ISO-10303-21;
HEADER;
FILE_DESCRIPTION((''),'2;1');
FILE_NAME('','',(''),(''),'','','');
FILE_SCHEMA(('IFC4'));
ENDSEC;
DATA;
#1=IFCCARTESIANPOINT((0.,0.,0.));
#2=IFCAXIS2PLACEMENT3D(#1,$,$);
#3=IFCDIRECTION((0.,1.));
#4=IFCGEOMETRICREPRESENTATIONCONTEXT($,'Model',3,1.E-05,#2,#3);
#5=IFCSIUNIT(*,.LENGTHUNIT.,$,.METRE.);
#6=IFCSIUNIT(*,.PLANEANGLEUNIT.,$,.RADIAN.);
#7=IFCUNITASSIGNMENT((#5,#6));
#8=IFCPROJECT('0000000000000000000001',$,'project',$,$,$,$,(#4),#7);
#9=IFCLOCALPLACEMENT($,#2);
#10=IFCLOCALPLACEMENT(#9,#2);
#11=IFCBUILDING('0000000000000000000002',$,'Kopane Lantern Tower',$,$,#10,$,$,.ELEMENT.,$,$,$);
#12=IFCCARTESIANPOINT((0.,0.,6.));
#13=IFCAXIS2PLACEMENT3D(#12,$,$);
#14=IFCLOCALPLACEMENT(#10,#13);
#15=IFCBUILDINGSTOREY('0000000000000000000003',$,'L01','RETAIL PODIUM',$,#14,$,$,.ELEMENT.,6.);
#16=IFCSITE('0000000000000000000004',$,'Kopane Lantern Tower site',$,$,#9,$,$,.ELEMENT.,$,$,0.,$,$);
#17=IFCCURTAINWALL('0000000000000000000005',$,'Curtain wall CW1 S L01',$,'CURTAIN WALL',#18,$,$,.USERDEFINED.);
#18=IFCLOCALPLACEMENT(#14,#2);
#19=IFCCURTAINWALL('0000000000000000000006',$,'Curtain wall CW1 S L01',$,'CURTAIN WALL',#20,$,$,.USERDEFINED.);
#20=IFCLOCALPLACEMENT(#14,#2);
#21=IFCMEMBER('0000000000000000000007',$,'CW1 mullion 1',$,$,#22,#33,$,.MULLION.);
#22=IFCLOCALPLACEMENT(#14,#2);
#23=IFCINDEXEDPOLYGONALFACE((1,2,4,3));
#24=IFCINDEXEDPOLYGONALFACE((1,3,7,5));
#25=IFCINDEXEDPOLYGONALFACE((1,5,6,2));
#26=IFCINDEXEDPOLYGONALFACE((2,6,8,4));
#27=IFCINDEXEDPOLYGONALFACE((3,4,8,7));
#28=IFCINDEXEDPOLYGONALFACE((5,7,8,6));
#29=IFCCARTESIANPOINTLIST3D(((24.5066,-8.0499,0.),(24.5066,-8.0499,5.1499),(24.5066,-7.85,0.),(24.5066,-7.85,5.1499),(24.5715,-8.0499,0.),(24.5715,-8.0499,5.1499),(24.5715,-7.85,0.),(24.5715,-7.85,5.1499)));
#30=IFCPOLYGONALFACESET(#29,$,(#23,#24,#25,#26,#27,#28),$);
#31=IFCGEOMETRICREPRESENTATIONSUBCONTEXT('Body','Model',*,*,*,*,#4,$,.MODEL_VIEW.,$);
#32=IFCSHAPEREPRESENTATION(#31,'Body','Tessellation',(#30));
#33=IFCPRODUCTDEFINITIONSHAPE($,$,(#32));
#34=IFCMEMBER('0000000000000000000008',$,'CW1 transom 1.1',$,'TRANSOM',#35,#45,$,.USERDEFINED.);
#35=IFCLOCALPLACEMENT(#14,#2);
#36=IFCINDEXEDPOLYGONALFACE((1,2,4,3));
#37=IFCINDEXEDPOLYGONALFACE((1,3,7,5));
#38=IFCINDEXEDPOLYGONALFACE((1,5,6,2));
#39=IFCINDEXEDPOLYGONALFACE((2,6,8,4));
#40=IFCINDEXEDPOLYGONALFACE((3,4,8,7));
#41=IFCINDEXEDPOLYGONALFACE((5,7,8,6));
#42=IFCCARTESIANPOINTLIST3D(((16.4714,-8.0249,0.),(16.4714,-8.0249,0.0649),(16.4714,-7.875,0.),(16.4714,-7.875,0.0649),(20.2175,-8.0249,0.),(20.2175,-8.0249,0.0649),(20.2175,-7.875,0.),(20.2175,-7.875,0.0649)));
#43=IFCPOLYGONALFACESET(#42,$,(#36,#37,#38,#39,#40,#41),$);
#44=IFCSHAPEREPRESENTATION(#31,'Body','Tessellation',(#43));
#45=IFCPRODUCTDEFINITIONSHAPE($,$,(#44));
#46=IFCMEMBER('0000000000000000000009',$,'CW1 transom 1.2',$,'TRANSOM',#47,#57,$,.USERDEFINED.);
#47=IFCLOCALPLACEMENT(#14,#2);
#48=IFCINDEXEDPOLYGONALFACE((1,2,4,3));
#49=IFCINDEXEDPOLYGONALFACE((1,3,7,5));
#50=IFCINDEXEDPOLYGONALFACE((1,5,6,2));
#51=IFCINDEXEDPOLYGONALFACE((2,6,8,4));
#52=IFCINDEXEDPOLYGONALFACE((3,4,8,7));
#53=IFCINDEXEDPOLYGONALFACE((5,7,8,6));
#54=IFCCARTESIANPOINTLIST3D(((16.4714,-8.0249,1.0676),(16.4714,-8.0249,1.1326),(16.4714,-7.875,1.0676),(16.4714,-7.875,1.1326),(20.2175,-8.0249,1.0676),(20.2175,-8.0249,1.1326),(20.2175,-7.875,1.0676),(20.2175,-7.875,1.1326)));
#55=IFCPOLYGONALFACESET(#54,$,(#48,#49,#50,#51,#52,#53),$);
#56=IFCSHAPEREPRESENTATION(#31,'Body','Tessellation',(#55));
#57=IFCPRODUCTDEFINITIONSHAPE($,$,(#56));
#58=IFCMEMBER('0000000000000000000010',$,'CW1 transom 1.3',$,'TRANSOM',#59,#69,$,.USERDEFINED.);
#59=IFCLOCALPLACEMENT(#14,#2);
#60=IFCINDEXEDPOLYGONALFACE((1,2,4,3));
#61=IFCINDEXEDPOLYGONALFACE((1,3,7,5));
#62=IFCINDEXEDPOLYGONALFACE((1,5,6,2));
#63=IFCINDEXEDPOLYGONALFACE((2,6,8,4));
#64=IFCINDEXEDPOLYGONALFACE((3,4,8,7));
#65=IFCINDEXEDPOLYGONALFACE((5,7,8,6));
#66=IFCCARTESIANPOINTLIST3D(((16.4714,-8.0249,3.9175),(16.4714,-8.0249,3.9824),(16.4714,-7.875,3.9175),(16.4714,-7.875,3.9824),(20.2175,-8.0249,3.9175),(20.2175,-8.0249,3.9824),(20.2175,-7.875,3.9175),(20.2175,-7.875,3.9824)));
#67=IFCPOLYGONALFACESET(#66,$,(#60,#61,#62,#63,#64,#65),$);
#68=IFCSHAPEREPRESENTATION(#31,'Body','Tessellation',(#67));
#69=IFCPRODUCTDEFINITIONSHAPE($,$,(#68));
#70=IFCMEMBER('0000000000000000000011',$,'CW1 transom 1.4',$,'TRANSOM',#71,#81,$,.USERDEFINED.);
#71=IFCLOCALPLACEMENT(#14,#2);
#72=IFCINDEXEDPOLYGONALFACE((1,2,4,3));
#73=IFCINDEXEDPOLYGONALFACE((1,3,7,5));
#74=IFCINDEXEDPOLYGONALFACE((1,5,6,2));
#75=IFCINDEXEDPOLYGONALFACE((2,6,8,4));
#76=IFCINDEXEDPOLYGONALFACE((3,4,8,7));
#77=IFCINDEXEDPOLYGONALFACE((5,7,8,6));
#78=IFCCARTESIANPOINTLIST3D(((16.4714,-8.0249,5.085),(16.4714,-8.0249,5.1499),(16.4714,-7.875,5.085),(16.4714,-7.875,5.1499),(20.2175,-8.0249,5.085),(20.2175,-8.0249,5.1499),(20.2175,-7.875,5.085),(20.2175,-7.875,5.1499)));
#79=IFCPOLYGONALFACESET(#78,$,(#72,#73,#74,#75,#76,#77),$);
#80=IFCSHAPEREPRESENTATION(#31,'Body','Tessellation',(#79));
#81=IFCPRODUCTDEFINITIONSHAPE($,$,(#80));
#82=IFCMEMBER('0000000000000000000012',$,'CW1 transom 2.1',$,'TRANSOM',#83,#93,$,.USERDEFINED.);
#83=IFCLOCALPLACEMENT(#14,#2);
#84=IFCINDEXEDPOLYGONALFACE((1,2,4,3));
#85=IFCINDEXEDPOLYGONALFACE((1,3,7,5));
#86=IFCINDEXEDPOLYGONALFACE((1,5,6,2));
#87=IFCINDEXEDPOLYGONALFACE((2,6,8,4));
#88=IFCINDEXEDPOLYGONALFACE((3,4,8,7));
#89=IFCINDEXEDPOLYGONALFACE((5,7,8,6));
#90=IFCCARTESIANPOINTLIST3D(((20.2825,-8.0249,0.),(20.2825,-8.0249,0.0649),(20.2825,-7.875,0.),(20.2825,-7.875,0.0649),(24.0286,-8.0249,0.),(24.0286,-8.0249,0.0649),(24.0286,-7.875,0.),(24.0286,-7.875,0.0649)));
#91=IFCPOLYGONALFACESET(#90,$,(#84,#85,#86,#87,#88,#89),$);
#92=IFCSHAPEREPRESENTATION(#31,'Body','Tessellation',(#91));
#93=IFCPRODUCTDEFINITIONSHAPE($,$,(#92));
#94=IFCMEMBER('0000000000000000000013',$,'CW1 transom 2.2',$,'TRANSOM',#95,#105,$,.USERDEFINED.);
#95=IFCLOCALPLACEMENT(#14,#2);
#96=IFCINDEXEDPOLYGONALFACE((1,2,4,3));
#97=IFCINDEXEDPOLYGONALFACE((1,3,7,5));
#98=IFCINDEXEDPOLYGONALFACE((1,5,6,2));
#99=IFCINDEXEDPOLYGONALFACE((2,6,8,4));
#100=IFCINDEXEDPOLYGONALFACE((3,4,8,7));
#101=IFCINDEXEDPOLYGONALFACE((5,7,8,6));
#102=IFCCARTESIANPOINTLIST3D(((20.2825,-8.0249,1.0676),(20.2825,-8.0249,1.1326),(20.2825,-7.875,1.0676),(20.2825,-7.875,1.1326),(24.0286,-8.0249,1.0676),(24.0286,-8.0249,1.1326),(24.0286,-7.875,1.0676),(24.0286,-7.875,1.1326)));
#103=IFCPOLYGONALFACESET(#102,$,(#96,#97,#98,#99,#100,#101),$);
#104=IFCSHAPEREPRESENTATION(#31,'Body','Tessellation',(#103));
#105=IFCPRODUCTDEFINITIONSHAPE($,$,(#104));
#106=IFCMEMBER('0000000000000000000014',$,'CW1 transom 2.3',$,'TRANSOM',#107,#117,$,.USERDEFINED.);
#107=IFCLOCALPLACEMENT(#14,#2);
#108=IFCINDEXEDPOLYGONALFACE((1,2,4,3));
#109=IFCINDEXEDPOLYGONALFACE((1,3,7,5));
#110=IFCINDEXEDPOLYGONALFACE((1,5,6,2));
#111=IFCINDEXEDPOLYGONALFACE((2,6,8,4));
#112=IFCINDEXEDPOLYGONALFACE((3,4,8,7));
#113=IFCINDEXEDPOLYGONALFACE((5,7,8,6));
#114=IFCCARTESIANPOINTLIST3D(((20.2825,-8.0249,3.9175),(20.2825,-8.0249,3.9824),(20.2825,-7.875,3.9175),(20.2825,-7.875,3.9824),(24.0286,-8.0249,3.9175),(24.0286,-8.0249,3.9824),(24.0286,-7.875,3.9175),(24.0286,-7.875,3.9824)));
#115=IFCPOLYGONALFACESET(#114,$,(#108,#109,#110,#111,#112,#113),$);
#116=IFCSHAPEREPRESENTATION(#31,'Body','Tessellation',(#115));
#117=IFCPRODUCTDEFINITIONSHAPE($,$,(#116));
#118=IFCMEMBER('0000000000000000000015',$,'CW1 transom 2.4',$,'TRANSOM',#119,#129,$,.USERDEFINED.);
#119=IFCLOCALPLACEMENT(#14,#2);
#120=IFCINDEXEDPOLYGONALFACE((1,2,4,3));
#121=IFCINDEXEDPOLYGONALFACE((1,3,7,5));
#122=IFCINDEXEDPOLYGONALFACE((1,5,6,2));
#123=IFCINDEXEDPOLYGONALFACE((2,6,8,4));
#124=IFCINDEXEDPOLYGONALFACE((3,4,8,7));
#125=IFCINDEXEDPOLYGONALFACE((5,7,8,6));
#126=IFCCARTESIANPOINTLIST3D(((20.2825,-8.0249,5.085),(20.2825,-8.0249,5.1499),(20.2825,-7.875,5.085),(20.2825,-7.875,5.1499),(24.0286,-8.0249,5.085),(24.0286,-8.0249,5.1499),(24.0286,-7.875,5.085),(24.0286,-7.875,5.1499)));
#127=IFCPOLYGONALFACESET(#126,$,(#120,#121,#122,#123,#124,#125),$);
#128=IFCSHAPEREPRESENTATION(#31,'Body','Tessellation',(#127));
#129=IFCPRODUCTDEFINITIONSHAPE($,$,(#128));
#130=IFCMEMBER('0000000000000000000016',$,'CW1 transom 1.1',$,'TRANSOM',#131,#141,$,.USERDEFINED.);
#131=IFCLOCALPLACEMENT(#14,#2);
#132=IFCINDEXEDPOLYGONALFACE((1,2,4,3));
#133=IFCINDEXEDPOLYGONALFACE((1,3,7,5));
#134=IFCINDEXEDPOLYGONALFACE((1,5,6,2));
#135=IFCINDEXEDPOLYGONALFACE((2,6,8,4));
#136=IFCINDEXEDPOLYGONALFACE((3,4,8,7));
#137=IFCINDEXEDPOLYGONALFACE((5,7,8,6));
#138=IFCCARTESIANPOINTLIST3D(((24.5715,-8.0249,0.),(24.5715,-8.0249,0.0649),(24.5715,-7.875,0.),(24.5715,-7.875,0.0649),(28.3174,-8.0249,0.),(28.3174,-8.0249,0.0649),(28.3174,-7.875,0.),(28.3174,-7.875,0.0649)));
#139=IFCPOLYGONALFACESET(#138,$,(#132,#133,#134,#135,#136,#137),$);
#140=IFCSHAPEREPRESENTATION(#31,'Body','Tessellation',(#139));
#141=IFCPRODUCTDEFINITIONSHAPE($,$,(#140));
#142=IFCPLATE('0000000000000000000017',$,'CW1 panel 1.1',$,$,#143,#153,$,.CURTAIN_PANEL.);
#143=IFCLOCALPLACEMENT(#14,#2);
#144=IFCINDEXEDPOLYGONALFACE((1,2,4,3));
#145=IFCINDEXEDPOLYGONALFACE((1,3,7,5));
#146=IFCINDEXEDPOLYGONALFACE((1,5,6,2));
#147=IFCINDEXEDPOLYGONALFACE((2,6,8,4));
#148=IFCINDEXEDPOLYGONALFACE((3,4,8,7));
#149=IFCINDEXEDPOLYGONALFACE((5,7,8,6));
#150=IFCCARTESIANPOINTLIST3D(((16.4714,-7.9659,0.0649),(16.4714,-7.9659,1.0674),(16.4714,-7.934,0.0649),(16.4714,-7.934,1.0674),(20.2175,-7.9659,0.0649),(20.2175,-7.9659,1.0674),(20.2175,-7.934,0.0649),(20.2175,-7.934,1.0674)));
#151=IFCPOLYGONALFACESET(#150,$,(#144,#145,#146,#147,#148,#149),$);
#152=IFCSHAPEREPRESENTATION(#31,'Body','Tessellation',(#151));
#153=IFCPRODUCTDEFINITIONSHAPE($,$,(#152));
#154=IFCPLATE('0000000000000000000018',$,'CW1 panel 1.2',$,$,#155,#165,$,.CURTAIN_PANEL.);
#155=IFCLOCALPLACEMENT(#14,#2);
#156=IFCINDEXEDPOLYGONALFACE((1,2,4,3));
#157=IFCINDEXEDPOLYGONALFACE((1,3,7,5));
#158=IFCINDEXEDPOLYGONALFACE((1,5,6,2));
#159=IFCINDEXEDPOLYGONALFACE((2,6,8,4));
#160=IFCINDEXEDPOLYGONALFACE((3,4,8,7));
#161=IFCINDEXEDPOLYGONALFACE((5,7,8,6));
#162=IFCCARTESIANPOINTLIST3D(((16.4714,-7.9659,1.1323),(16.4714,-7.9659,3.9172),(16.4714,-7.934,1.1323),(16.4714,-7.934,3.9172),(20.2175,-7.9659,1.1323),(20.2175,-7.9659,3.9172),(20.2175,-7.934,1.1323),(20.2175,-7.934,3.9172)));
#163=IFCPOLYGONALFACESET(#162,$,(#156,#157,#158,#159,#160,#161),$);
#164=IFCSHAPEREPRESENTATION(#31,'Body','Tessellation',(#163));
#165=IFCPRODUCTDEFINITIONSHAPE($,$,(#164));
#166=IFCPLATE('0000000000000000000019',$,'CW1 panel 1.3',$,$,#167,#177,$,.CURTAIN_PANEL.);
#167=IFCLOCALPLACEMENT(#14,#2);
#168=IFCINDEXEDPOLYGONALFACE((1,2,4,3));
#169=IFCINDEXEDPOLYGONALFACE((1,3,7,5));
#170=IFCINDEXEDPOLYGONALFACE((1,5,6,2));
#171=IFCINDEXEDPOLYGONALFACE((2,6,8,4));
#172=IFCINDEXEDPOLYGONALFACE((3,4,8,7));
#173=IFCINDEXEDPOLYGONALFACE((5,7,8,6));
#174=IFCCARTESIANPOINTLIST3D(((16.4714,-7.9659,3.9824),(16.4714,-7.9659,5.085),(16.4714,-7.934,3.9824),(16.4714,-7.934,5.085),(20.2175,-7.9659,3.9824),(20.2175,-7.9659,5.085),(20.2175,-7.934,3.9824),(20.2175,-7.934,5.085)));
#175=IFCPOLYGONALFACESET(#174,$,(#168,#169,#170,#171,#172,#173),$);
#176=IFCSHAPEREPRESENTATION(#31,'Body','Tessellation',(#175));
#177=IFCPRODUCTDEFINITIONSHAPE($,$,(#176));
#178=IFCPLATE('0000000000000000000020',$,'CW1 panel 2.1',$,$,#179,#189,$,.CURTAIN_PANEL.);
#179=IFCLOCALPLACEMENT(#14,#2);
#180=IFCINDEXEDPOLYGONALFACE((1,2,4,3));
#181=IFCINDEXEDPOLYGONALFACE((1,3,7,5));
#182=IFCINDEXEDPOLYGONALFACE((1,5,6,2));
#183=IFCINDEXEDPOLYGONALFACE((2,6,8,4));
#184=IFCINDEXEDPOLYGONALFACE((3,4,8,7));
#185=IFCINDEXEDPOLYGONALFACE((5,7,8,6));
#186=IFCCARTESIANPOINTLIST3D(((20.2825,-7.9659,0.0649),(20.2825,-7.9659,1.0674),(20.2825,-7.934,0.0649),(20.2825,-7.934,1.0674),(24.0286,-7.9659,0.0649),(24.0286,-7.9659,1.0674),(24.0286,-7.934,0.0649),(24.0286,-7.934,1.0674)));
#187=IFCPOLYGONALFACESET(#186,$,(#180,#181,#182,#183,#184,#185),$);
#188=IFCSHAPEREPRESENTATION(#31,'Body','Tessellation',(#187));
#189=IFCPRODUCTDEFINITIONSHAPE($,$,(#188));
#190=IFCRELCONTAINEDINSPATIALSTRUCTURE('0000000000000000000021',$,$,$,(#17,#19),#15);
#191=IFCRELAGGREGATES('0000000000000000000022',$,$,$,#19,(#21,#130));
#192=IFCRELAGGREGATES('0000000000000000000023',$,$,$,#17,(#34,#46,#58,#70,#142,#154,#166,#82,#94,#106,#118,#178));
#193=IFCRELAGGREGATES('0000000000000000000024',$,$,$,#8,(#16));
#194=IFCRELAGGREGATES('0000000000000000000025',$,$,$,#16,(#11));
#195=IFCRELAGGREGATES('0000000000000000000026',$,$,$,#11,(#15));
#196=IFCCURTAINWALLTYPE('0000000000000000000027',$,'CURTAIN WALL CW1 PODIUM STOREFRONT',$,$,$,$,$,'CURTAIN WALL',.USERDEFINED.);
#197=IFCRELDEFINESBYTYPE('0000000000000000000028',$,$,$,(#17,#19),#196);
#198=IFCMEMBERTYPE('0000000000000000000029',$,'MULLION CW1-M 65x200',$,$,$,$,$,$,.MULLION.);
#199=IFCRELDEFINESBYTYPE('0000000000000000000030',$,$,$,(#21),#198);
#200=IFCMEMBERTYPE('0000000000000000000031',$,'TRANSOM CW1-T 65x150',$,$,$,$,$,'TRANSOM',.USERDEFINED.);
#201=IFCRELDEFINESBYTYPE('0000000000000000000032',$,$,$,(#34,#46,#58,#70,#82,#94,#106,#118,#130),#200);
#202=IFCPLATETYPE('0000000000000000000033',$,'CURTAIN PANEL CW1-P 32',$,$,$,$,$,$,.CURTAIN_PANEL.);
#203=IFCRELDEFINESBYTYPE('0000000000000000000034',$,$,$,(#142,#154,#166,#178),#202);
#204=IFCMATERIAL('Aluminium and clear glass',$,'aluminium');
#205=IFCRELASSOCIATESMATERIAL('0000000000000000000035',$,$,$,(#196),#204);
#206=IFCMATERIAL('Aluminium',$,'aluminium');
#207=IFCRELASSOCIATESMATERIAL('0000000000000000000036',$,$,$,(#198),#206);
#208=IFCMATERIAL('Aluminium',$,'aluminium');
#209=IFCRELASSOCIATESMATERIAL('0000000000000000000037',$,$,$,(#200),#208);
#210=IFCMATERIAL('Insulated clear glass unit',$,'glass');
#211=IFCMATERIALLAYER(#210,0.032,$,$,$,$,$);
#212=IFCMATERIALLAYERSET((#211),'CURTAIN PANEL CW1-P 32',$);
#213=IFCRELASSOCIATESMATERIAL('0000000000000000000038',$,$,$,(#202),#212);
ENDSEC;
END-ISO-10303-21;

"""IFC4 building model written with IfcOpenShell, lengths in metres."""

from ifc_helpers import new_model, si_unit, direction, frame, origin, origin_2d, place, context, subcontext, project, spatial, rectangle, extrude, material, layer, layer_set, material_profile, profile_set, type_object, element, aggregate, save


model = new_model("IFC4")

# Units and contexts
model_context = context("Model", 3, precision=1e-05, world=origin(), true_north=direction((0.0, 1.0)))
body_context = subcontext(model_context, "Body", "Model", "MODEL_VIEW")
ifc_project = project(units=[si_unit("LENGTHUNIT", "METRE"), si_unit("PLANEANGLEUNIT", "RADIAN")], contexts=[model_context])

# Site, building, storey
site_placement = place(None, origin())
site = spatial("IfcSite", under=ifc_project, at=site_placement, Name="Kopane Lantern Tower site", CompositionType="ELEMENT", RefElevation=0.0)
building_placement = place(site_placement, origin())
building = spatial("IfcBuilding", under=site, at=building_placement, Name="Kopane Lantern Tower", CompositionType="ELEMENT")
storey_placement = place(building_placement, frame((0.0, 0.0, 6.0)))
storey = spatial("IfcBuildingStorey", under=building, at=storey_placement, Name="L01", Description="RETAIL PODIUM", CompositionType="ELEMENT", Elevation=6.0)

# Curtain wall
ifc_material_1 = material(Name="Aluminium and clear glass", Category="aluminium")
curtain_wall_type = type_object("IfcCurtainWallType", Name="CURTAIN WALL CW1 PODIUM STOREFRONT", ElementType="CURTAIN WALL", PredefinedType="USERDEFINED", material=ifc_material_1)
curtain_wall_1_placement = place(storey_placement, origin())
curtain_wall_1 = element("IfcCurtainWall", 1, at=curtain_wall_1_placement, inside=storey, type_object=curtain_wall_type, Name="Curtain wall CW1 S L01", ObjectType="CURTAIN WALL", PredefinedType="USERDEFINED")
ifc_material_2 = material(Name="Aluminium", Category="aluminium")
ifc_material_profile_1 = material_profile(ifc_material_2, rectangle(XDim=0.0649, YDim=0.2, at=origin_2d()), Name="AL 65x200")
ifc_profile_set_1 = profile_set([ifc_material_profile_1], Name="Aluminium")
member_type_1 = type_object("IfcMemberType", Name="MULLION CW1-M 65x200", PredefinedType="MULLION", material=ifc_profile_set_1)

# Curtain wall, member
curtain_wall_2_placement = place(storey_placement, origin())
curtain_wall_2 = element("IfcCurtainWall", 2, at=curtain_wall_2_placement, inside=storey, type_object=curtain_wall_type, Name="Curtain wall CW1 S L01", ObjectType="CURTAIN WALL", PredefinedType="USERDEFINED")
member_1_placement = place(storey_placement, frame((24.5391, -7.95, 0.0), z_axis=(0.0, 0.0, 1.0), x_axis=(1.0, 0.0, 0.0)))
member_1 = element("IfcMember", 3, at=member_1_placement, type_object=member_type_1, Name="CW1 mullion 1", PredefinedType="MULLION", context=body_context, shape_type="SweptSolid", body=[
    extrude(rectangle(XDim=0.0649, YDim=0.2, at=origin_2d()), origin(), (0.0, 0.0, 1.0), 5.1499),
])

# Members
ifc_material_3 = material(Name="Aluminium", Category="aluminium")
ifc_material_profile_2 = material_profile(ifc_material_3, rectangle(XDim=0.1499, YDim=0.0649, at=origin_2d()), Name="AL 150x65")
ifc_profile_set_2 = profile_set([ifc_material_profile_2], Name="Aluminium")
member_type_2 = type_object("IfcMemberType", Name="TRANSOM CW1-T 65x150", ElementType="TRANSOM", PredefinedType="USERDEFINED", material=ifc_profile_set_2)
member_2_placement = place(storey_placement, frame((16.4714, -7.95, 0.0325), z_axis=(1.0, 0.0, 0.0), x_axis=(0.0, 1.0, 0.0)))
member_2 = element("IfcMember", 4, at=member_2_placement, type_object=member_type_2, Name="CW1 transom 1.1", ObjectType="TRANSOM", PredefinedType="USERDEFINED", context=body_context, shape_type="SweptSolid", body=[
    extrude(rectangle(XDim=0.1499, YDim=0.0649, at=origin_2d()), origin(), (0.0, 0.0, 1.0), 3.7461),
])
member_3_placement = place(storey_placement, frame((16.4714, -7.95, 1.1001), z_axis=(1.0, 0.0, 0.0), x_axis=(0.0, 1.0, 0.0)))
member_3 = element("IfcMember", 5, at=member_3_placement, type_object=member_type_2, Name="CW1 transom 1.2", ObjectType="TRANSOM", PredefinedType="USERDEFINED", context=body_context, shape_type="SweptSolid", body=[
    extrude(rectangle(XDim=0.1499, YDim=0.0649, at=origin_2d()), origin(), (0.0, 0.0, 1.0), 3.7461),
])
member_4_placement = place(storey_placement, frame((16.4714, -7.95, 3.95), z_axis=(1.0, 0.0, 0.0), x_axis=(0.0, 1.0, 0.0)))
member_4 = element("IfcMember", 6, at=member_4_placement, type_object=member_type_2, Name="CW1 transom 1.3", ObjectType="TRANSOM", PredefinedType="USERDEFINED", context=body_context, shape_type="SweptSolid", body=[
    extrude(rectangle(XDim=0.1499, YDim=0.0649, at=origin_2d()), origin(), (0.0, 0.0, 1.0), 3.7461),
])
member_5_placement = place(storey_placement, frame((16.4714, -7.95, 5.1174), z_axis=(1.0, 0.0, 0.0), x_axis=(0.0, 1.0, 0.0)))
member_5 = element("IfcMember", 7, at=member_5_placement, type_object=member_type_2, Name="CW1 transom 1.4", ObjectType="TRANSOM", PredefinedType="USERDEFINED", context=body_context, shape_type="SweptSolid", body=[
    extrude(rectangle(XDim=0.1499, YDim=0.0649, at=origin_2d()), origin(), (0.0, 0.0, 1.0), 3.7461),
])
member_6_placement = place(storey_placement, frame((20.2825, -7.95, 0.0325), z_axis=(1.0, 0.0, 0.0), x_axis=(0.0, 1.0, 0.0)))
member_6 = element("IfcMember", 8, at=member_6_placement, type_object=member_type_2, Name="CW1 transom 2.1", ObjectType="TRANSOM", PredefinedType="USERDEFINED", context=body_context, shape_type="SweptSolid", body=[
    extrude(rectangle(XDim=0.1499, YDim=0.0649, at=origin_2d()), origin(), (0.0, 0.0, 1.0), 3.7461),
])
member_7_placement = place(storey_placement, frame((20.2825, -7.95, 1.1001), z_axis=(1.0, 0.0, 0.0), x_axis=(0.0, 1.0, 0.0)))
member_7 = element("IfcMember", 9, at=member_7_placement, type_object=member_type_2, Name="CW1 transom 2.2", ObjectType="TRANSOM", PredefinedType="USERDEFINED", context=body_context, shape_type="SweptSolid", body=[
    extrude(rectangle(XDim=0.1499, YDim=0.0649, at=origin_2d()), origin(), (0.0, 0.0, 1.0), 3.7461),
])
member_8_placement = place(storey_placement, frame((20.2825, -7.95, 3.95), z_axis=(1.0, 0.0, 0.0), x_axis=(0.0, 1.0, 0.0)))
member_8 = element("IfcMember", 10, at=member_8_placement, type_object=member_type_2, Name="CW1 transom 2.3", ObjectType="TRANSOM", PredefinedType="USERDEFINED", context=body_context, shape_type="SweptSolid", body=[
    extrude(rectangle(XDim=0.1499, YDim=0.0649, at=origin_2d()), origin(), (0.0, 0.0, 1.0), 3.7461),
])
member_9_placement = place(storey_placement, frame((20.2825, -7.95, 5.1174), z_axis=(1.0, 0.0, 0.0), x_axis=(0.0, 1.0, 0.0)))
member_9 = element("IfcMember", 11, at=member_9_placement, type_object=member_type_2, Name="CW1 transom 2.4", ObjectType="TRANSOM", PredefinedType="USERDEFINED", context=body_context, shape_type="SweptSolid", body=[
    extrude(rectangle(XDim=0.1499, YDim=0.0649, at=origin_2d()), origin(), (0.0, 0.0, 1.0), 3.7461),
])
member_10_placement = place(storey_placement, frame((24.5715, -7.95, 0.0325), z_axis=(1.0, 0.0, 0.0), x_axis=(0.0, 1.0, 0.0)))
member_10 = element("IfcMember", 12, at=member_10_placement, type_object=member_type_2, Name="CW1 transom 1.1", ObjectType="TRANSOM", PredefinedType="USERDEFINED", context=body_context, shape_type="SweptSolid", body=[
    extrude(rectangle(XDim=0.1499, YDim=0.0649, at=origin_2d()), origin(), (0.0, 0.0, 1.0), 3.7458),
])
aggregate(curtain_wall_2, [member_1, member_10])

# Plates
ifc_material_4 = material(Name="Insulated clear glass unit", Category="glass")
ifc_layer = layer(ifc_material_4, 0.032)
ifc_layer_set = layer_set([ifc_layer], Name="CURTAIN PANEL CW1-P 32")
plate_type = type_object("IfcPlateType", Name="CURTAIN PANEL CW1-P 32", PredefinedType="CURTAIN_PANEL", material=ifc_layer_set)
plate_1_placement = place(storey_placement, frame((18.3445, -7.95, 0.0649), z_axis=(0.0, 0.0, 1.0), x_axis=(1.0, 0.0, 0.0)))
plate_1 = element("IfcPlate", 13, at=plate_1_placement, type_object=plate_type, Name="CW1 panel 1.1", PredefinedType="CURTAIN_PANEL", context=body_context, shape_type="SweptSolid", body=[
    extrude(rectangle(XDim=3.7461, YDim=0.032, at=origin_2d()), origin(), (0.0, 0.0, 1.0), 1.0024),
])
plate_2_placement = place(storey_placement, frame((18.3445, -7.95, 1.1323), z_axis=(0.0, 0.0, 1.0), x_axis=(1.0, 0.0, 0.0)))
plate_2 = element("IfcPlate", 14, at=plate_2_placement, type_object=plate_type, Name="CW1 panel 1.2", PredefinedType="CURTAIN_PANEL", context=body_context, shape_type="SweptSolid", body=[
    extrude(rectangle(XDim=3.7461, YDim=0.032, at=origin_2d()), origin(), (0.0, 0.0, 1.0), 2.7849),
])
plate_3_placement = place(storey_placement, frame((18.3445, -7.95, 3.9824), z_axis=(0.0, 0.0, 1.0), x_axis=(1.0, 0.0, 0.0)))
plate_3 = element("IfcPlate", 15, at=plate_3_placement, type_object=plate_type, Name="CW1 panel 1.3", PredefinedType="CURTAIN_PANEL", context=body_context, shape_type="SweptSolid", body=[
    extrude(rectangle(XDim=3.7461, YDim=0.032, at=origin_2d()), origin(), (0.0, 0.0, 1.0), 1.1025),
])
plate_4_placement = place(storey_placement, frame((22.1555, -7.95, 0.0649), z_axis=(0.0, 0.0, 1.0), x_axis=(1.0, 0.0, 0.0)))
plate_4 = element("IfcPlate", 16, at=plate_4_placement, type_object=plate_type, Name="CW1 panel 2.1", PredefinedType="CURTAIN_PANEL", context=body_context, shape_type="SweptSolid", body=[
    extrude(rectangle(XDim=3.7461, YDim=0.032, at=origin_2d()), origin(), (0.0, 0.0, 1.0), 1.0024),
])
aggregate(curtain_wall_1, [member_2, member_3, member_4, member_5, plate_1, plate_2, plate_3, member_6, member_7, member_8, member_9, plate_4])

save(model, "model.ifc")
